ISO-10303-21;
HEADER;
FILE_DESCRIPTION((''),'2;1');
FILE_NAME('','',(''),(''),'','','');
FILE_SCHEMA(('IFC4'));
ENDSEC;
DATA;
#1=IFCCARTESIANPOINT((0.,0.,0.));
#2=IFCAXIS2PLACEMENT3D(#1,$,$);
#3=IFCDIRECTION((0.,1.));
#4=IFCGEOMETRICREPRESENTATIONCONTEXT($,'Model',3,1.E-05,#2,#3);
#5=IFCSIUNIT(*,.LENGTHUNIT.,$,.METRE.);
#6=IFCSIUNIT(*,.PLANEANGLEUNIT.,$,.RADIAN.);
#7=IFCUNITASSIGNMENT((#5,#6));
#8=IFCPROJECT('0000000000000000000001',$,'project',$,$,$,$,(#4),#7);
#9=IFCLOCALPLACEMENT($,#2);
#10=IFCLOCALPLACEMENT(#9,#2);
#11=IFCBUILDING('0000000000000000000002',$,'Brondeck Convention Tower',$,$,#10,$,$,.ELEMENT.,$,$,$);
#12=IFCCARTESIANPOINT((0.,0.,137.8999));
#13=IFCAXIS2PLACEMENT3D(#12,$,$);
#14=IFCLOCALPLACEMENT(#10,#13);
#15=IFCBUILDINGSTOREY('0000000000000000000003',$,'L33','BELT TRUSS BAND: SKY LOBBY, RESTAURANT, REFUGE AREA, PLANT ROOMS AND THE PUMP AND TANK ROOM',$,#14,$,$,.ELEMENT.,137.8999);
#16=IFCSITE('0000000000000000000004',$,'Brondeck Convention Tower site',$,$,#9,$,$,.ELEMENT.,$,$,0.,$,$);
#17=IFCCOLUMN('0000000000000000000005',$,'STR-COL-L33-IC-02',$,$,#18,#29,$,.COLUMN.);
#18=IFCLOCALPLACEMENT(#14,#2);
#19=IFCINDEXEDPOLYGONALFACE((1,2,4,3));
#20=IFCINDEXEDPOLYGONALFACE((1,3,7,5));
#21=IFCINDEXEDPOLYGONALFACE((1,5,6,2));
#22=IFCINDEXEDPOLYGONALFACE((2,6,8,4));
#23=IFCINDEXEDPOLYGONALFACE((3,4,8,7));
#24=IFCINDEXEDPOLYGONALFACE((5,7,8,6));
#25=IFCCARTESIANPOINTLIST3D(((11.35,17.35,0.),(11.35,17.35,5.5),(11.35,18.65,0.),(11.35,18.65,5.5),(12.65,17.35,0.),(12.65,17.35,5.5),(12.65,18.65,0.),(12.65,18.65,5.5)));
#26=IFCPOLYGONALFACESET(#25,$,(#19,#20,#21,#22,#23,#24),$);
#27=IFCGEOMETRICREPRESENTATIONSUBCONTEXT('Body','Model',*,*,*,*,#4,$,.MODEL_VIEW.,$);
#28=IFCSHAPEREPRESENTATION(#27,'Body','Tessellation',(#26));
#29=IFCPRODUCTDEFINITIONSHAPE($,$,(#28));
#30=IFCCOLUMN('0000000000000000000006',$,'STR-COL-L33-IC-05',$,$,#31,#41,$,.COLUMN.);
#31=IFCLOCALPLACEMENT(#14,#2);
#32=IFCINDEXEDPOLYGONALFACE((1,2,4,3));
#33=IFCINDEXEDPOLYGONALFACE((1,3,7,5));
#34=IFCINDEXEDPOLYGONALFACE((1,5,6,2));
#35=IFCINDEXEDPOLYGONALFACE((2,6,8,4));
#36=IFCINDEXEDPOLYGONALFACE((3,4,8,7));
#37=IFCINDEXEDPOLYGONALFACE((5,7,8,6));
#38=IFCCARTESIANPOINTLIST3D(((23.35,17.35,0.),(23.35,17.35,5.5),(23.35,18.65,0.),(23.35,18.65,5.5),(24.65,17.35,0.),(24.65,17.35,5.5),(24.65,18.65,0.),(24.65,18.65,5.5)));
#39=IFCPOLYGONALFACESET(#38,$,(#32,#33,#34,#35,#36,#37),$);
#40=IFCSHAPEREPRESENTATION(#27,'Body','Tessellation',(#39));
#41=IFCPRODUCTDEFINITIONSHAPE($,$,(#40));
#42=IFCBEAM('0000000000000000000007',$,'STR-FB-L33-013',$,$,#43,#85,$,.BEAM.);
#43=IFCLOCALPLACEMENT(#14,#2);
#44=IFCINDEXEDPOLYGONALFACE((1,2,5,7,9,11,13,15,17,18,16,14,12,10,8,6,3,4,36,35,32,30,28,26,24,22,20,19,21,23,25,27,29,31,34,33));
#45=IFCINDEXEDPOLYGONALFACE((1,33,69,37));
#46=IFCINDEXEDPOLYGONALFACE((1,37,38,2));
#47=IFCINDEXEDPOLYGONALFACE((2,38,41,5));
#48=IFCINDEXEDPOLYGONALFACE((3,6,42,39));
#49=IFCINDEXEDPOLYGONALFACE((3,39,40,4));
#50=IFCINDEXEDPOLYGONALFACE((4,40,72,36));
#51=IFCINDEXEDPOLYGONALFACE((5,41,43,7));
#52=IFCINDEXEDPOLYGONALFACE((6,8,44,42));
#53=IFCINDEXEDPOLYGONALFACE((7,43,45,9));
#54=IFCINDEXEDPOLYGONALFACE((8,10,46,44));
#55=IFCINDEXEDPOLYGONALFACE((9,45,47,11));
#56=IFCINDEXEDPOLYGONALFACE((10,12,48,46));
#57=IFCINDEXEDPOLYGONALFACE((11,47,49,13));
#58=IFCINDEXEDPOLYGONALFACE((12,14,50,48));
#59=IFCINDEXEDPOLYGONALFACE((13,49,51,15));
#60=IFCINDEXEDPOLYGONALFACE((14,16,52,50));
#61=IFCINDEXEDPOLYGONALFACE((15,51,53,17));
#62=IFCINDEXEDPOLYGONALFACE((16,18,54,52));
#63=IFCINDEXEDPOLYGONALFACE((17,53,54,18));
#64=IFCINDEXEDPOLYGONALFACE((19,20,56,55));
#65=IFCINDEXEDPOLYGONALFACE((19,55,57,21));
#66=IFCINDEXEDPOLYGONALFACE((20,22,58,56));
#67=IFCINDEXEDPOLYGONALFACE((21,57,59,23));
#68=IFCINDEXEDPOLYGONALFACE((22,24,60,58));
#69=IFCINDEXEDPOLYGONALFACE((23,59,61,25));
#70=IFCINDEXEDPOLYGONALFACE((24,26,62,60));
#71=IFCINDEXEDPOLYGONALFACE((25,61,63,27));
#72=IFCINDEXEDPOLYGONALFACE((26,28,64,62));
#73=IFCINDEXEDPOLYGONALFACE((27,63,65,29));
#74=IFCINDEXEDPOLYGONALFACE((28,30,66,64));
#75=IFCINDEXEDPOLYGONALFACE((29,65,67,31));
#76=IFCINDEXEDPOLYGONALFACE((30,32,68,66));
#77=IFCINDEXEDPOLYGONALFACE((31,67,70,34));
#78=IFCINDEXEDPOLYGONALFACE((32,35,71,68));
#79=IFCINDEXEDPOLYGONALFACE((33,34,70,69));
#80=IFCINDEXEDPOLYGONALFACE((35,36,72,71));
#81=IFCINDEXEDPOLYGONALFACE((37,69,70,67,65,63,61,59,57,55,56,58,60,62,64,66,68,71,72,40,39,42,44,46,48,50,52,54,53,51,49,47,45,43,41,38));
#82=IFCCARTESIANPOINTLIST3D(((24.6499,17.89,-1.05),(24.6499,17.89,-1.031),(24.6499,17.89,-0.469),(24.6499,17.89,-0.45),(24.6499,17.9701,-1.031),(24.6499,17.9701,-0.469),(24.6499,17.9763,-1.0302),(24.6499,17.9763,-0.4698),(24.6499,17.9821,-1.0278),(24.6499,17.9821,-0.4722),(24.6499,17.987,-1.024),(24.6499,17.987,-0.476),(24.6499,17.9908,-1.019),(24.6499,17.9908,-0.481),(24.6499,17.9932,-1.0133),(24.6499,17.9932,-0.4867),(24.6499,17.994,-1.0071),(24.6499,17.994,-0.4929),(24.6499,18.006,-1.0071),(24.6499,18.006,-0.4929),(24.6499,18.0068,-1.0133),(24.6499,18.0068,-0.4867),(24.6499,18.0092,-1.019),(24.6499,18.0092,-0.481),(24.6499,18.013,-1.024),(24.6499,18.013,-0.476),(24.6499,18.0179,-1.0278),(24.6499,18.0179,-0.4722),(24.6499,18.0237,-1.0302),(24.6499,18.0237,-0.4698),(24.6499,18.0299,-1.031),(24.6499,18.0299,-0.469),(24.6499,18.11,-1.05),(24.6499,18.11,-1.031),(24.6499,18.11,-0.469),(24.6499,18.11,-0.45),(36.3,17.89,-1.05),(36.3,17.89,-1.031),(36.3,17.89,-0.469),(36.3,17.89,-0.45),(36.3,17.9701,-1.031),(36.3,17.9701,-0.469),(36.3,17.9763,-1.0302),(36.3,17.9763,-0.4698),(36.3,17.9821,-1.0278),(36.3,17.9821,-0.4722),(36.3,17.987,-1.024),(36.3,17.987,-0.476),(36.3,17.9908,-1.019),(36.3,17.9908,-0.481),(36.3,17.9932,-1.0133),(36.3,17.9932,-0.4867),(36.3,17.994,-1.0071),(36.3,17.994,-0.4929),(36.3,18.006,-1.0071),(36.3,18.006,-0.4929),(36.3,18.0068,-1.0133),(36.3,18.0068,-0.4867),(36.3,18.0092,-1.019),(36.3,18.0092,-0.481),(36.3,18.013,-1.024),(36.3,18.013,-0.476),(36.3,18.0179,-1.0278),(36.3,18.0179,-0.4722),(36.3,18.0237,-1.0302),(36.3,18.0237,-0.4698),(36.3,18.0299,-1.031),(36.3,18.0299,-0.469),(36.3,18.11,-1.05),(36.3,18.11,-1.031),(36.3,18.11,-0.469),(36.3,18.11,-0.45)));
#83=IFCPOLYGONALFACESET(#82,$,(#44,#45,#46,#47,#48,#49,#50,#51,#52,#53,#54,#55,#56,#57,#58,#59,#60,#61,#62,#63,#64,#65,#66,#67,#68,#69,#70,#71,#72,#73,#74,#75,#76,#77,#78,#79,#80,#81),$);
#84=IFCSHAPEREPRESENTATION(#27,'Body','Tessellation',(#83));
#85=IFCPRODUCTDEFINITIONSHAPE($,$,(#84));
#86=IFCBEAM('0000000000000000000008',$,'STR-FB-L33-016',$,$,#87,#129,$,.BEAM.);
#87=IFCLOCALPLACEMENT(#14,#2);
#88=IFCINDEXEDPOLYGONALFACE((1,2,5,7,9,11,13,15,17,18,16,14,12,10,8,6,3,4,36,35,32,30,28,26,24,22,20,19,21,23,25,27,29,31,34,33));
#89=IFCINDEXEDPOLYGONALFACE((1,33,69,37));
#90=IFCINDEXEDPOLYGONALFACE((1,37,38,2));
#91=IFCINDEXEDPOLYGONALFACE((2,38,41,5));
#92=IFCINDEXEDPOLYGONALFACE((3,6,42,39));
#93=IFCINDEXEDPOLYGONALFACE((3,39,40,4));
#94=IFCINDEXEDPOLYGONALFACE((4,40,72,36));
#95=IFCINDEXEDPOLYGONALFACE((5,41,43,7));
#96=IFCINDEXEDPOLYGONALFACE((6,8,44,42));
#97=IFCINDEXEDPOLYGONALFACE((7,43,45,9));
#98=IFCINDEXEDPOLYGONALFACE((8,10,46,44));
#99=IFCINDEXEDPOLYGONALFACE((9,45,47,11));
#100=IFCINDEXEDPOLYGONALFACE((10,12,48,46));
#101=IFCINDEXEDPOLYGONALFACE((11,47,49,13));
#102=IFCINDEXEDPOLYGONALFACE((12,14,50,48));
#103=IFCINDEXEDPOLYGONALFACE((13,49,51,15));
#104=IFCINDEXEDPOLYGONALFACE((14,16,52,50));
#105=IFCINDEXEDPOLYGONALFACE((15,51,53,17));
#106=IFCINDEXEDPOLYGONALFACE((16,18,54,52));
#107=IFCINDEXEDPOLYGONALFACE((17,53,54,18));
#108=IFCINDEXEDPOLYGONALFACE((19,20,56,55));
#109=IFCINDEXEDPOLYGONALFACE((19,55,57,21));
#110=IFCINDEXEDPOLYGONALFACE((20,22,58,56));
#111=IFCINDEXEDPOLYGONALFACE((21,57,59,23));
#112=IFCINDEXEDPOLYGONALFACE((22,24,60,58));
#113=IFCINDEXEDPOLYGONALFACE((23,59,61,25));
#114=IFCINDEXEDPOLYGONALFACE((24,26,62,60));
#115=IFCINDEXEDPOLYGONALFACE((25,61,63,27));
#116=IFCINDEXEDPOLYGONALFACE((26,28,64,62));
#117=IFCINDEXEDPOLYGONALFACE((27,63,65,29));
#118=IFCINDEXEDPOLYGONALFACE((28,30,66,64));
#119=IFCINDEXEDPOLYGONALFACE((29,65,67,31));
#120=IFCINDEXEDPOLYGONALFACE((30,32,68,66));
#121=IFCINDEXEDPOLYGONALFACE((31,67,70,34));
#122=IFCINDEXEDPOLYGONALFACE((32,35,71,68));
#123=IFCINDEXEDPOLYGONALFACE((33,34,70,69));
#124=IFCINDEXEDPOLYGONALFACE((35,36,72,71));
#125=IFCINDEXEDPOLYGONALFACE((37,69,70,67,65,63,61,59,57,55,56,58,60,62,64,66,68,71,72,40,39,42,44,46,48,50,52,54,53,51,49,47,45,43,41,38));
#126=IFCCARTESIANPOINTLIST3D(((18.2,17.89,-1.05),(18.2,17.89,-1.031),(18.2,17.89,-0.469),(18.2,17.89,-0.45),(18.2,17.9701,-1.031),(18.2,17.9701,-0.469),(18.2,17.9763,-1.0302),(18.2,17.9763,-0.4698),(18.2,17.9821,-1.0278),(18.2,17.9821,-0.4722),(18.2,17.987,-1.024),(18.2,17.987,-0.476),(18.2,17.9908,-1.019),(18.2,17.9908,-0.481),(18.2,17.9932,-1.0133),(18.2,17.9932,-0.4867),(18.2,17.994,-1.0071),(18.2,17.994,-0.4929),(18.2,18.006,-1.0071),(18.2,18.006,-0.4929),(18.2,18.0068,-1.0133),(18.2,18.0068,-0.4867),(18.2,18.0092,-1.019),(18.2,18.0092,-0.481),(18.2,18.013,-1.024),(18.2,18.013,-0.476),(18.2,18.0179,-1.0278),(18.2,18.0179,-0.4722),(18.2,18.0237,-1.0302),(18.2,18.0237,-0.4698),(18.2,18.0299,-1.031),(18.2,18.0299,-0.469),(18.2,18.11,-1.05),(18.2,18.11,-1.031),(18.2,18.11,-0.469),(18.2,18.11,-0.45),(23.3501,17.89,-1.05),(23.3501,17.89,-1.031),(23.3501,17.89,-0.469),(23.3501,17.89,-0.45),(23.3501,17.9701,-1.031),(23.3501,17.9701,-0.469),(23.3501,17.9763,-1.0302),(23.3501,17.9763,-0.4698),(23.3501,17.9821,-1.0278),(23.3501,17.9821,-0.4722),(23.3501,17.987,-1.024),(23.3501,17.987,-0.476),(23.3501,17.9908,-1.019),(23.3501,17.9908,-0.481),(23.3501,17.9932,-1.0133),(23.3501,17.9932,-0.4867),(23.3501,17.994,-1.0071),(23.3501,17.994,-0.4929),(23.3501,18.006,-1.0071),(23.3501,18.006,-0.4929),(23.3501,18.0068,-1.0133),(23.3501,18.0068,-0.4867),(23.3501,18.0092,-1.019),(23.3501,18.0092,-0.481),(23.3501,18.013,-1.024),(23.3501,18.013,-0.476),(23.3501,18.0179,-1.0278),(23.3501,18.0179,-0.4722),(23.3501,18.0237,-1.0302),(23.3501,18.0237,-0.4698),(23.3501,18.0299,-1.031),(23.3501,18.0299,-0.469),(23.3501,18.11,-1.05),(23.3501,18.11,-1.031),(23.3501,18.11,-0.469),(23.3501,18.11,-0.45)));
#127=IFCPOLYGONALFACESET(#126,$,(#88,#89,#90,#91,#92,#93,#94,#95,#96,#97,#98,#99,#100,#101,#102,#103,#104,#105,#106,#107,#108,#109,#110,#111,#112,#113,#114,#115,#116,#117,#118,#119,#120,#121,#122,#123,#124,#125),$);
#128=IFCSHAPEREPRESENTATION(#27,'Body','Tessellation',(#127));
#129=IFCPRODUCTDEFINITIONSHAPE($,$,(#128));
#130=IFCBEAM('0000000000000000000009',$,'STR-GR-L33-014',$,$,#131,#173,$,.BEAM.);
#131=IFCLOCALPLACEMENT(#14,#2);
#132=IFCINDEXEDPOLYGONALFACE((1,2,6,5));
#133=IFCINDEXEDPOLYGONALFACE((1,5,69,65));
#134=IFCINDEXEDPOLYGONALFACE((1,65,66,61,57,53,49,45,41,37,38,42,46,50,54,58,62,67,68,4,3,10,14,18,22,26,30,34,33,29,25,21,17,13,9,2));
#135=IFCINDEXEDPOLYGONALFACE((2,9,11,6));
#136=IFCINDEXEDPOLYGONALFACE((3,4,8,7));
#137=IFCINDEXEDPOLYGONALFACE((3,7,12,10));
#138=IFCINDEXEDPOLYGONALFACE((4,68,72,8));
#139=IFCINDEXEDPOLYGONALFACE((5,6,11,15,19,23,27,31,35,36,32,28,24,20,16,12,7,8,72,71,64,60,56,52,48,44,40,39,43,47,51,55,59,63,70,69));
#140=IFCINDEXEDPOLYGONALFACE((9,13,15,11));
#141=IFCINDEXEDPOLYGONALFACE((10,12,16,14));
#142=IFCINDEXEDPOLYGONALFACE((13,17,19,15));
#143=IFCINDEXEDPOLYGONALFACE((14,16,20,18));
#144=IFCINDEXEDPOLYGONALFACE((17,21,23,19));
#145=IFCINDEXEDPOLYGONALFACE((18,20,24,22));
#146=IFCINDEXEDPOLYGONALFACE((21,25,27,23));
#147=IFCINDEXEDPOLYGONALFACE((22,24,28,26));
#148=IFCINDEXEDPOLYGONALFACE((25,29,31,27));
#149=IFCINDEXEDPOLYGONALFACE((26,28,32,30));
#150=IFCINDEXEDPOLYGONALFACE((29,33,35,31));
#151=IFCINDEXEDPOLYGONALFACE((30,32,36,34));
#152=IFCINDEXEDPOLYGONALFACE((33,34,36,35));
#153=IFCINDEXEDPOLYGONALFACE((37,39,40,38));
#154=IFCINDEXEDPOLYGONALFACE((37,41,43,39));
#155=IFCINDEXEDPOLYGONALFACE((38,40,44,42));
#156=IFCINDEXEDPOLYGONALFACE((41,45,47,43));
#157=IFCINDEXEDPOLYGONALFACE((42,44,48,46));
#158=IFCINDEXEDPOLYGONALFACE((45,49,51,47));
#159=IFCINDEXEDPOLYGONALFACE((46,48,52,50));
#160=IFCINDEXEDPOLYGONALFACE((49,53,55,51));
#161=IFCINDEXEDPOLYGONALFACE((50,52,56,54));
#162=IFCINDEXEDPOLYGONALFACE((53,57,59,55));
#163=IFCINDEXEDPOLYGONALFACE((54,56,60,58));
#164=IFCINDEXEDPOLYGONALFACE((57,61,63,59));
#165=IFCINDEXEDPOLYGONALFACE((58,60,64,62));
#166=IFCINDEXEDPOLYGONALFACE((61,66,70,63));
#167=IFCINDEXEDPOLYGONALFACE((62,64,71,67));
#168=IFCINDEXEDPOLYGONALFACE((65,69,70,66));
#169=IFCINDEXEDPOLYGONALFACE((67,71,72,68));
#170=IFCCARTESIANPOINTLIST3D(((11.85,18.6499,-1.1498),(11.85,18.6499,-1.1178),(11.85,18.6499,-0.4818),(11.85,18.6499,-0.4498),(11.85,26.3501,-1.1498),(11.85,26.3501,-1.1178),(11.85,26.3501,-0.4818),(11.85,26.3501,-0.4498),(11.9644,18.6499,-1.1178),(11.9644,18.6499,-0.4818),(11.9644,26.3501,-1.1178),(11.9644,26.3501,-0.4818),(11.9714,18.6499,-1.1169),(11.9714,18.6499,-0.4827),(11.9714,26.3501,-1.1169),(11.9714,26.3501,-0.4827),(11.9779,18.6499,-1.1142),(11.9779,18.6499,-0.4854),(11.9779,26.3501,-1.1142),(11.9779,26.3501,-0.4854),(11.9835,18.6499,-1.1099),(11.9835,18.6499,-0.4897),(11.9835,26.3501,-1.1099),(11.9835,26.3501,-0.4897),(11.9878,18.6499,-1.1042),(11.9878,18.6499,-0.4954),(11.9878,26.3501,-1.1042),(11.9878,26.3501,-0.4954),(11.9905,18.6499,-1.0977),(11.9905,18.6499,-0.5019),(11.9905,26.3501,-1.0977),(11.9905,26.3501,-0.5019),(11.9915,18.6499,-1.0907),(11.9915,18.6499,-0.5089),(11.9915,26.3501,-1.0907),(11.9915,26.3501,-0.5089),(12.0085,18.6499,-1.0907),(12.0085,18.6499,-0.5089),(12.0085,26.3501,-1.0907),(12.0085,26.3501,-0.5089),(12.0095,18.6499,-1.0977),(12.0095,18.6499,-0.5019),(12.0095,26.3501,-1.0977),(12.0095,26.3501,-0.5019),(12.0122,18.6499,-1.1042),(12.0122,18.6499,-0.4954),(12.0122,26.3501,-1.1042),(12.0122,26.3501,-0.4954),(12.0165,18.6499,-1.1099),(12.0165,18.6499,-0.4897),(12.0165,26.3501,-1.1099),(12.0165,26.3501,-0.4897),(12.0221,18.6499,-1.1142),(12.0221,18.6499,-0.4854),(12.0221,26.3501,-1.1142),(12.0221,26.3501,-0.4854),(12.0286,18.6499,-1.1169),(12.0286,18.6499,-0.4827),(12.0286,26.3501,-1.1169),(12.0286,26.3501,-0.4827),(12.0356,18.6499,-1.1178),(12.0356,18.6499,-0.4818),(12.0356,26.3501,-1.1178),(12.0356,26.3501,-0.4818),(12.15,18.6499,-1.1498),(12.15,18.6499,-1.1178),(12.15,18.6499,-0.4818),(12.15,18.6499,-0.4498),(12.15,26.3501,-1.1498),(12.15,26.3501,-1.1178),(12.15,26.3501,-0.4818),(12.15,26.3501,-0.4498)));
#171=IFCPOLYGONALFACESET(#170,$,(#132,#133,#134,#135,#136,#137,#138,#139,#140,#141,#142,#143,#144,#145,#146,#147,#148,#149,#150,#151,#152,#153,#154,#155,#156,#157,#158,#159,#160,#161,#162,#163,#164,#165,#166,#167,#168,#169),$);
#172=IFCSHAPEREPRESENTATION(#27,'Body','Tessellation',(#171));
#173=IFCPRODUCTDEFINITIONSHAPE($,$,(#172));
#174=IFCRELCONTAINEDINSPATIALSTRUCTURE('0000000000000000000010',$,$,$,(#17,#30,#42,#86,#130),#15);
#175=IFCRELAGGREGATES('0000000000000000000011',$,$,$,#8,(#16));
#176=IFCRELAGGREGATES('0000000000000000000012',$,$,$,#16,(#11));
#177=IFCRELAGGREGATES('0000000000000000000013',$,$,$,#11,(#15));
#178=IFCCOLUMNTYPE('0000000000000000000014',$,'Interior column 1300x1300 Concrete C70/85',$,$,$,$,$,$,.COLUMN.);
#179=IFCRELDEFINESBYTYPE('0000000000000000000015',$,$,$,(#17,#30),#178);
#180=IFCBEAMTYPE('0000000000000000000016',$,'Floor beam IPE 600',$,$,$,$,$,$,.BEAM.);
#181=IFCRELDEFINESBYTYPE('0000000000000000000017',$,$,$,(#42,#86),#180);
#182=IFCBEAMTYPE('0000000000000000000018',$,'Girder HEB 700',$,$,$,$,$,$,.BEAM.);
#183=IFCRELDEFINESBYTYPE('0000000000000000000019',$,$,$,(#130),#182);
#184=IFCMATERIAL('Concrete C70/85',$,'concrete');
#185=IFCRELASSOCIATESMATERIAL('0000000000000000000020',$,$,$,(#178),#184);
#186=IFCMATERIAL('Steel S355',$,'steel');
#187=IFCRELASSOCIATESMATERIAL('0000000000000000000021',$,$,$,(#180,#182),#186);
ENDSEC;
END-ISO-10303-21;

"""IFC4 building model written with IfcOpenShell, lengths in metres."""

from ifc_helpers import new_model, si_unit, direction, frame, origin, origin_2d, place, context, subcontext, project, spatial, rectangle, i_section, extrude, material, material_profile, profile_set, type_object, element, save


model = new_model("IFC4")

# Units and contexts
model_context = context("Model", 3, precision=1e-05, world=origin(), true_north=direction((0.0, 1.0)))
body_context = subcontext(model_context, "Body", "Model", "MODEL_VIEW")
ifc_project = project(units=[si_unit("LENGTHUNIT", "METRE"), si_unit("PLANEANGLEUNIT", "RADIAN")], contexts=[model_context])

# Site, building, storey
site_placement = place(None, origin())
site = spatial("IfcSite", under=ifc_project, at=site_placement, Name="Brondeck Convention Tower site", CompositionType="ELEMENT", RefElevation=0.0)
building_placement = place(site_placement, origin())
building = spatial("IfcBuilding", under=site, at=building_placement, Name="Brondeck Convention Tower", CompositionType="ELEMENT")
storey_placement = place(building_placement, frame((0.0, 0.0, 137.8999)))
storey = spatial("IfcBuildingStorey", under=building, at=storey_placement, Name="L33", Description="BELT TRUSS BAND: SKY LOBBY, RESTAURANT, REFUGE AREA, PLANT ROOMS AND THE PUMP AND TANK ROOM", CompositionType="ELEMENT", Elevation=137.8999)

# Columns
ifc_material_1 = material(Name="Concrete C70/85", Category="concrete")
ifc_material_profile_1 = material_profile(ifc_material_1, rectangle(XDim=1.3, YDim=1.3, at=origin_2d()), Name="Interior column 1300x1300 Concrete C70/85")
ifc_profile_set_1 = profile_set([ifc_material_profile_1], Name="Concrete C70/85")
column_type = type_object("IfcColumnType", Name="Interior column 1300x1300 Concrete C70/85", PredefinedType="COLUMN", material=ifc_profile_set_1)
for number, where, z_axis, x_axis, name in (
    (1, (12.0, 18.0, 0.0), (0.0, 0.0, 1.0), (1.0, 0.0, 0.0), "STR-COL-L33-IC-02"),
    (2, (24.0, 18.0, 0.0), (0.0, 0.0, 1.0), (1.0, 0.0, 0.0), "STR-COL-L33-IC-05"),
):
    element("IfcColumn", number, at=place(storey_placement, frame(where, z_axis=z_axis, x_axis=x_axis)), inside=storey, type_object=column_type, Name=name, PredefinedType="COLUMN", context=body_context, shape_type="SweptSolid", body=[
        extrude(rectangle(XDim=1.3, YDim=1.3, at=origin_2d()), origin(), (0.0, 0.0, 1.0), 5.5),
    ])

# Beams
ifc_material_2 = material(Name="Steel S355", Category="steel")
ifc_material_profile_2 = material_profile(ifc_material_2, i_section(OverallWidth=0.22, OverallDepth=0.6001, WebThickness=0.012, FlangeThickness=0.019, FilletRadius=0.0239, at=origin_2d()), Name="IPE 600")
ifc_profile_set_2 = profile_set([ifc_material_profile_2], Name="Steel S355")
beam_type_1 = type_object("IfcBeamType", Name="Floor beam IPE 600", PredefinedType="BEAM", material=ifc_profile_set_2)
beam_1_placement = place(storey_placement, frame((24.6499, 18.0, -0.75), z_axis=(1.0, 0.0, 0.0), x_axis=(0.0, 1.0, 0.0)))
element("IfcBeam", 3, at=beam_1_placement, inside=storey, type_object=beam_type_1, Name="STR-FB-L33-013", PredefinedType="BEAM", context=body_context, shape_type="SweptSolid", body=[
    extrude(i_section(OverallWidth=0.22, OverallDepth=0.6001, WebThickness=0.012, FlangeThickness=0.019, FilletRadius=0.0239, at=origin_2d()), origin(), (0.0, 0.0, 1.0), 11.6501),
])
beam_2_placement = place(storey_placement, frame((18.2, 18.0, -0.75), z_axis=(1.0, 0.0, 0.0), x_axis=(0.0, 1.0, 0.0)))
element("IfcBeam", 4, at=beam_2_placement, inside=storey, type_object=beam_type_1, Name="STR-FB-L33-016", PredefinedType="BEAM", context=body_context, shape_type="SweptSolid", body=[
    extrude(i_section(OverallWidth=0.22, OverallDepth=0.6001, WebThickness=0.012, FlangeThickness=0.019, FilletRadius=0.0239, at=origin_2d()), origin(), (0.0, 0.0, 1.0), 5.1501),
])
ifc_material_profile_3 = material_profile(ifc_material_2, i_section(OverallWidth=0.3, OverallDepth=0.7, WebThickness=0.0171, FlangeThickness=0.032, FilletRadius=0.0271, at=origin_2d()), Name="HEB 700")
ifc_profile_set_3 = profile_set([ifc_material_profile_3], Name="Steel S355")
beam_type_2 = type_object("IfcBeamType", Name="Girder HEB 700", PredefinedType="BEAM", material=ifc_profile_set_3)
for number, where, z_axis, x_axis, name in (
    (5, (12.0, 26.3501, -0.7998), (0.0, -1.0, 0.0), (1.0, 0.0, 0.0), "STR-GR-L33-014"),
):
    element("IfcBeam", number, at=place(storey_placement, frame(where, z_axis=z_axis, x_axis=x_axis)), inside=storey, type_object=beam_type_2, Name=name, PredefinedType="BEAM", context=body_context, shape_type="SweptSolid", body=[
        extrude(i_section(OverallWidth=0.3, OverallDepth=0.7, WebThickness=0.0171, FlangeThickness=0.032, FilletRadius=0.0271, at=origin_2d()), origin(), (0.0, 0.0, 1.0), 7.7002),
    ])

save(model, "model.ifc")
